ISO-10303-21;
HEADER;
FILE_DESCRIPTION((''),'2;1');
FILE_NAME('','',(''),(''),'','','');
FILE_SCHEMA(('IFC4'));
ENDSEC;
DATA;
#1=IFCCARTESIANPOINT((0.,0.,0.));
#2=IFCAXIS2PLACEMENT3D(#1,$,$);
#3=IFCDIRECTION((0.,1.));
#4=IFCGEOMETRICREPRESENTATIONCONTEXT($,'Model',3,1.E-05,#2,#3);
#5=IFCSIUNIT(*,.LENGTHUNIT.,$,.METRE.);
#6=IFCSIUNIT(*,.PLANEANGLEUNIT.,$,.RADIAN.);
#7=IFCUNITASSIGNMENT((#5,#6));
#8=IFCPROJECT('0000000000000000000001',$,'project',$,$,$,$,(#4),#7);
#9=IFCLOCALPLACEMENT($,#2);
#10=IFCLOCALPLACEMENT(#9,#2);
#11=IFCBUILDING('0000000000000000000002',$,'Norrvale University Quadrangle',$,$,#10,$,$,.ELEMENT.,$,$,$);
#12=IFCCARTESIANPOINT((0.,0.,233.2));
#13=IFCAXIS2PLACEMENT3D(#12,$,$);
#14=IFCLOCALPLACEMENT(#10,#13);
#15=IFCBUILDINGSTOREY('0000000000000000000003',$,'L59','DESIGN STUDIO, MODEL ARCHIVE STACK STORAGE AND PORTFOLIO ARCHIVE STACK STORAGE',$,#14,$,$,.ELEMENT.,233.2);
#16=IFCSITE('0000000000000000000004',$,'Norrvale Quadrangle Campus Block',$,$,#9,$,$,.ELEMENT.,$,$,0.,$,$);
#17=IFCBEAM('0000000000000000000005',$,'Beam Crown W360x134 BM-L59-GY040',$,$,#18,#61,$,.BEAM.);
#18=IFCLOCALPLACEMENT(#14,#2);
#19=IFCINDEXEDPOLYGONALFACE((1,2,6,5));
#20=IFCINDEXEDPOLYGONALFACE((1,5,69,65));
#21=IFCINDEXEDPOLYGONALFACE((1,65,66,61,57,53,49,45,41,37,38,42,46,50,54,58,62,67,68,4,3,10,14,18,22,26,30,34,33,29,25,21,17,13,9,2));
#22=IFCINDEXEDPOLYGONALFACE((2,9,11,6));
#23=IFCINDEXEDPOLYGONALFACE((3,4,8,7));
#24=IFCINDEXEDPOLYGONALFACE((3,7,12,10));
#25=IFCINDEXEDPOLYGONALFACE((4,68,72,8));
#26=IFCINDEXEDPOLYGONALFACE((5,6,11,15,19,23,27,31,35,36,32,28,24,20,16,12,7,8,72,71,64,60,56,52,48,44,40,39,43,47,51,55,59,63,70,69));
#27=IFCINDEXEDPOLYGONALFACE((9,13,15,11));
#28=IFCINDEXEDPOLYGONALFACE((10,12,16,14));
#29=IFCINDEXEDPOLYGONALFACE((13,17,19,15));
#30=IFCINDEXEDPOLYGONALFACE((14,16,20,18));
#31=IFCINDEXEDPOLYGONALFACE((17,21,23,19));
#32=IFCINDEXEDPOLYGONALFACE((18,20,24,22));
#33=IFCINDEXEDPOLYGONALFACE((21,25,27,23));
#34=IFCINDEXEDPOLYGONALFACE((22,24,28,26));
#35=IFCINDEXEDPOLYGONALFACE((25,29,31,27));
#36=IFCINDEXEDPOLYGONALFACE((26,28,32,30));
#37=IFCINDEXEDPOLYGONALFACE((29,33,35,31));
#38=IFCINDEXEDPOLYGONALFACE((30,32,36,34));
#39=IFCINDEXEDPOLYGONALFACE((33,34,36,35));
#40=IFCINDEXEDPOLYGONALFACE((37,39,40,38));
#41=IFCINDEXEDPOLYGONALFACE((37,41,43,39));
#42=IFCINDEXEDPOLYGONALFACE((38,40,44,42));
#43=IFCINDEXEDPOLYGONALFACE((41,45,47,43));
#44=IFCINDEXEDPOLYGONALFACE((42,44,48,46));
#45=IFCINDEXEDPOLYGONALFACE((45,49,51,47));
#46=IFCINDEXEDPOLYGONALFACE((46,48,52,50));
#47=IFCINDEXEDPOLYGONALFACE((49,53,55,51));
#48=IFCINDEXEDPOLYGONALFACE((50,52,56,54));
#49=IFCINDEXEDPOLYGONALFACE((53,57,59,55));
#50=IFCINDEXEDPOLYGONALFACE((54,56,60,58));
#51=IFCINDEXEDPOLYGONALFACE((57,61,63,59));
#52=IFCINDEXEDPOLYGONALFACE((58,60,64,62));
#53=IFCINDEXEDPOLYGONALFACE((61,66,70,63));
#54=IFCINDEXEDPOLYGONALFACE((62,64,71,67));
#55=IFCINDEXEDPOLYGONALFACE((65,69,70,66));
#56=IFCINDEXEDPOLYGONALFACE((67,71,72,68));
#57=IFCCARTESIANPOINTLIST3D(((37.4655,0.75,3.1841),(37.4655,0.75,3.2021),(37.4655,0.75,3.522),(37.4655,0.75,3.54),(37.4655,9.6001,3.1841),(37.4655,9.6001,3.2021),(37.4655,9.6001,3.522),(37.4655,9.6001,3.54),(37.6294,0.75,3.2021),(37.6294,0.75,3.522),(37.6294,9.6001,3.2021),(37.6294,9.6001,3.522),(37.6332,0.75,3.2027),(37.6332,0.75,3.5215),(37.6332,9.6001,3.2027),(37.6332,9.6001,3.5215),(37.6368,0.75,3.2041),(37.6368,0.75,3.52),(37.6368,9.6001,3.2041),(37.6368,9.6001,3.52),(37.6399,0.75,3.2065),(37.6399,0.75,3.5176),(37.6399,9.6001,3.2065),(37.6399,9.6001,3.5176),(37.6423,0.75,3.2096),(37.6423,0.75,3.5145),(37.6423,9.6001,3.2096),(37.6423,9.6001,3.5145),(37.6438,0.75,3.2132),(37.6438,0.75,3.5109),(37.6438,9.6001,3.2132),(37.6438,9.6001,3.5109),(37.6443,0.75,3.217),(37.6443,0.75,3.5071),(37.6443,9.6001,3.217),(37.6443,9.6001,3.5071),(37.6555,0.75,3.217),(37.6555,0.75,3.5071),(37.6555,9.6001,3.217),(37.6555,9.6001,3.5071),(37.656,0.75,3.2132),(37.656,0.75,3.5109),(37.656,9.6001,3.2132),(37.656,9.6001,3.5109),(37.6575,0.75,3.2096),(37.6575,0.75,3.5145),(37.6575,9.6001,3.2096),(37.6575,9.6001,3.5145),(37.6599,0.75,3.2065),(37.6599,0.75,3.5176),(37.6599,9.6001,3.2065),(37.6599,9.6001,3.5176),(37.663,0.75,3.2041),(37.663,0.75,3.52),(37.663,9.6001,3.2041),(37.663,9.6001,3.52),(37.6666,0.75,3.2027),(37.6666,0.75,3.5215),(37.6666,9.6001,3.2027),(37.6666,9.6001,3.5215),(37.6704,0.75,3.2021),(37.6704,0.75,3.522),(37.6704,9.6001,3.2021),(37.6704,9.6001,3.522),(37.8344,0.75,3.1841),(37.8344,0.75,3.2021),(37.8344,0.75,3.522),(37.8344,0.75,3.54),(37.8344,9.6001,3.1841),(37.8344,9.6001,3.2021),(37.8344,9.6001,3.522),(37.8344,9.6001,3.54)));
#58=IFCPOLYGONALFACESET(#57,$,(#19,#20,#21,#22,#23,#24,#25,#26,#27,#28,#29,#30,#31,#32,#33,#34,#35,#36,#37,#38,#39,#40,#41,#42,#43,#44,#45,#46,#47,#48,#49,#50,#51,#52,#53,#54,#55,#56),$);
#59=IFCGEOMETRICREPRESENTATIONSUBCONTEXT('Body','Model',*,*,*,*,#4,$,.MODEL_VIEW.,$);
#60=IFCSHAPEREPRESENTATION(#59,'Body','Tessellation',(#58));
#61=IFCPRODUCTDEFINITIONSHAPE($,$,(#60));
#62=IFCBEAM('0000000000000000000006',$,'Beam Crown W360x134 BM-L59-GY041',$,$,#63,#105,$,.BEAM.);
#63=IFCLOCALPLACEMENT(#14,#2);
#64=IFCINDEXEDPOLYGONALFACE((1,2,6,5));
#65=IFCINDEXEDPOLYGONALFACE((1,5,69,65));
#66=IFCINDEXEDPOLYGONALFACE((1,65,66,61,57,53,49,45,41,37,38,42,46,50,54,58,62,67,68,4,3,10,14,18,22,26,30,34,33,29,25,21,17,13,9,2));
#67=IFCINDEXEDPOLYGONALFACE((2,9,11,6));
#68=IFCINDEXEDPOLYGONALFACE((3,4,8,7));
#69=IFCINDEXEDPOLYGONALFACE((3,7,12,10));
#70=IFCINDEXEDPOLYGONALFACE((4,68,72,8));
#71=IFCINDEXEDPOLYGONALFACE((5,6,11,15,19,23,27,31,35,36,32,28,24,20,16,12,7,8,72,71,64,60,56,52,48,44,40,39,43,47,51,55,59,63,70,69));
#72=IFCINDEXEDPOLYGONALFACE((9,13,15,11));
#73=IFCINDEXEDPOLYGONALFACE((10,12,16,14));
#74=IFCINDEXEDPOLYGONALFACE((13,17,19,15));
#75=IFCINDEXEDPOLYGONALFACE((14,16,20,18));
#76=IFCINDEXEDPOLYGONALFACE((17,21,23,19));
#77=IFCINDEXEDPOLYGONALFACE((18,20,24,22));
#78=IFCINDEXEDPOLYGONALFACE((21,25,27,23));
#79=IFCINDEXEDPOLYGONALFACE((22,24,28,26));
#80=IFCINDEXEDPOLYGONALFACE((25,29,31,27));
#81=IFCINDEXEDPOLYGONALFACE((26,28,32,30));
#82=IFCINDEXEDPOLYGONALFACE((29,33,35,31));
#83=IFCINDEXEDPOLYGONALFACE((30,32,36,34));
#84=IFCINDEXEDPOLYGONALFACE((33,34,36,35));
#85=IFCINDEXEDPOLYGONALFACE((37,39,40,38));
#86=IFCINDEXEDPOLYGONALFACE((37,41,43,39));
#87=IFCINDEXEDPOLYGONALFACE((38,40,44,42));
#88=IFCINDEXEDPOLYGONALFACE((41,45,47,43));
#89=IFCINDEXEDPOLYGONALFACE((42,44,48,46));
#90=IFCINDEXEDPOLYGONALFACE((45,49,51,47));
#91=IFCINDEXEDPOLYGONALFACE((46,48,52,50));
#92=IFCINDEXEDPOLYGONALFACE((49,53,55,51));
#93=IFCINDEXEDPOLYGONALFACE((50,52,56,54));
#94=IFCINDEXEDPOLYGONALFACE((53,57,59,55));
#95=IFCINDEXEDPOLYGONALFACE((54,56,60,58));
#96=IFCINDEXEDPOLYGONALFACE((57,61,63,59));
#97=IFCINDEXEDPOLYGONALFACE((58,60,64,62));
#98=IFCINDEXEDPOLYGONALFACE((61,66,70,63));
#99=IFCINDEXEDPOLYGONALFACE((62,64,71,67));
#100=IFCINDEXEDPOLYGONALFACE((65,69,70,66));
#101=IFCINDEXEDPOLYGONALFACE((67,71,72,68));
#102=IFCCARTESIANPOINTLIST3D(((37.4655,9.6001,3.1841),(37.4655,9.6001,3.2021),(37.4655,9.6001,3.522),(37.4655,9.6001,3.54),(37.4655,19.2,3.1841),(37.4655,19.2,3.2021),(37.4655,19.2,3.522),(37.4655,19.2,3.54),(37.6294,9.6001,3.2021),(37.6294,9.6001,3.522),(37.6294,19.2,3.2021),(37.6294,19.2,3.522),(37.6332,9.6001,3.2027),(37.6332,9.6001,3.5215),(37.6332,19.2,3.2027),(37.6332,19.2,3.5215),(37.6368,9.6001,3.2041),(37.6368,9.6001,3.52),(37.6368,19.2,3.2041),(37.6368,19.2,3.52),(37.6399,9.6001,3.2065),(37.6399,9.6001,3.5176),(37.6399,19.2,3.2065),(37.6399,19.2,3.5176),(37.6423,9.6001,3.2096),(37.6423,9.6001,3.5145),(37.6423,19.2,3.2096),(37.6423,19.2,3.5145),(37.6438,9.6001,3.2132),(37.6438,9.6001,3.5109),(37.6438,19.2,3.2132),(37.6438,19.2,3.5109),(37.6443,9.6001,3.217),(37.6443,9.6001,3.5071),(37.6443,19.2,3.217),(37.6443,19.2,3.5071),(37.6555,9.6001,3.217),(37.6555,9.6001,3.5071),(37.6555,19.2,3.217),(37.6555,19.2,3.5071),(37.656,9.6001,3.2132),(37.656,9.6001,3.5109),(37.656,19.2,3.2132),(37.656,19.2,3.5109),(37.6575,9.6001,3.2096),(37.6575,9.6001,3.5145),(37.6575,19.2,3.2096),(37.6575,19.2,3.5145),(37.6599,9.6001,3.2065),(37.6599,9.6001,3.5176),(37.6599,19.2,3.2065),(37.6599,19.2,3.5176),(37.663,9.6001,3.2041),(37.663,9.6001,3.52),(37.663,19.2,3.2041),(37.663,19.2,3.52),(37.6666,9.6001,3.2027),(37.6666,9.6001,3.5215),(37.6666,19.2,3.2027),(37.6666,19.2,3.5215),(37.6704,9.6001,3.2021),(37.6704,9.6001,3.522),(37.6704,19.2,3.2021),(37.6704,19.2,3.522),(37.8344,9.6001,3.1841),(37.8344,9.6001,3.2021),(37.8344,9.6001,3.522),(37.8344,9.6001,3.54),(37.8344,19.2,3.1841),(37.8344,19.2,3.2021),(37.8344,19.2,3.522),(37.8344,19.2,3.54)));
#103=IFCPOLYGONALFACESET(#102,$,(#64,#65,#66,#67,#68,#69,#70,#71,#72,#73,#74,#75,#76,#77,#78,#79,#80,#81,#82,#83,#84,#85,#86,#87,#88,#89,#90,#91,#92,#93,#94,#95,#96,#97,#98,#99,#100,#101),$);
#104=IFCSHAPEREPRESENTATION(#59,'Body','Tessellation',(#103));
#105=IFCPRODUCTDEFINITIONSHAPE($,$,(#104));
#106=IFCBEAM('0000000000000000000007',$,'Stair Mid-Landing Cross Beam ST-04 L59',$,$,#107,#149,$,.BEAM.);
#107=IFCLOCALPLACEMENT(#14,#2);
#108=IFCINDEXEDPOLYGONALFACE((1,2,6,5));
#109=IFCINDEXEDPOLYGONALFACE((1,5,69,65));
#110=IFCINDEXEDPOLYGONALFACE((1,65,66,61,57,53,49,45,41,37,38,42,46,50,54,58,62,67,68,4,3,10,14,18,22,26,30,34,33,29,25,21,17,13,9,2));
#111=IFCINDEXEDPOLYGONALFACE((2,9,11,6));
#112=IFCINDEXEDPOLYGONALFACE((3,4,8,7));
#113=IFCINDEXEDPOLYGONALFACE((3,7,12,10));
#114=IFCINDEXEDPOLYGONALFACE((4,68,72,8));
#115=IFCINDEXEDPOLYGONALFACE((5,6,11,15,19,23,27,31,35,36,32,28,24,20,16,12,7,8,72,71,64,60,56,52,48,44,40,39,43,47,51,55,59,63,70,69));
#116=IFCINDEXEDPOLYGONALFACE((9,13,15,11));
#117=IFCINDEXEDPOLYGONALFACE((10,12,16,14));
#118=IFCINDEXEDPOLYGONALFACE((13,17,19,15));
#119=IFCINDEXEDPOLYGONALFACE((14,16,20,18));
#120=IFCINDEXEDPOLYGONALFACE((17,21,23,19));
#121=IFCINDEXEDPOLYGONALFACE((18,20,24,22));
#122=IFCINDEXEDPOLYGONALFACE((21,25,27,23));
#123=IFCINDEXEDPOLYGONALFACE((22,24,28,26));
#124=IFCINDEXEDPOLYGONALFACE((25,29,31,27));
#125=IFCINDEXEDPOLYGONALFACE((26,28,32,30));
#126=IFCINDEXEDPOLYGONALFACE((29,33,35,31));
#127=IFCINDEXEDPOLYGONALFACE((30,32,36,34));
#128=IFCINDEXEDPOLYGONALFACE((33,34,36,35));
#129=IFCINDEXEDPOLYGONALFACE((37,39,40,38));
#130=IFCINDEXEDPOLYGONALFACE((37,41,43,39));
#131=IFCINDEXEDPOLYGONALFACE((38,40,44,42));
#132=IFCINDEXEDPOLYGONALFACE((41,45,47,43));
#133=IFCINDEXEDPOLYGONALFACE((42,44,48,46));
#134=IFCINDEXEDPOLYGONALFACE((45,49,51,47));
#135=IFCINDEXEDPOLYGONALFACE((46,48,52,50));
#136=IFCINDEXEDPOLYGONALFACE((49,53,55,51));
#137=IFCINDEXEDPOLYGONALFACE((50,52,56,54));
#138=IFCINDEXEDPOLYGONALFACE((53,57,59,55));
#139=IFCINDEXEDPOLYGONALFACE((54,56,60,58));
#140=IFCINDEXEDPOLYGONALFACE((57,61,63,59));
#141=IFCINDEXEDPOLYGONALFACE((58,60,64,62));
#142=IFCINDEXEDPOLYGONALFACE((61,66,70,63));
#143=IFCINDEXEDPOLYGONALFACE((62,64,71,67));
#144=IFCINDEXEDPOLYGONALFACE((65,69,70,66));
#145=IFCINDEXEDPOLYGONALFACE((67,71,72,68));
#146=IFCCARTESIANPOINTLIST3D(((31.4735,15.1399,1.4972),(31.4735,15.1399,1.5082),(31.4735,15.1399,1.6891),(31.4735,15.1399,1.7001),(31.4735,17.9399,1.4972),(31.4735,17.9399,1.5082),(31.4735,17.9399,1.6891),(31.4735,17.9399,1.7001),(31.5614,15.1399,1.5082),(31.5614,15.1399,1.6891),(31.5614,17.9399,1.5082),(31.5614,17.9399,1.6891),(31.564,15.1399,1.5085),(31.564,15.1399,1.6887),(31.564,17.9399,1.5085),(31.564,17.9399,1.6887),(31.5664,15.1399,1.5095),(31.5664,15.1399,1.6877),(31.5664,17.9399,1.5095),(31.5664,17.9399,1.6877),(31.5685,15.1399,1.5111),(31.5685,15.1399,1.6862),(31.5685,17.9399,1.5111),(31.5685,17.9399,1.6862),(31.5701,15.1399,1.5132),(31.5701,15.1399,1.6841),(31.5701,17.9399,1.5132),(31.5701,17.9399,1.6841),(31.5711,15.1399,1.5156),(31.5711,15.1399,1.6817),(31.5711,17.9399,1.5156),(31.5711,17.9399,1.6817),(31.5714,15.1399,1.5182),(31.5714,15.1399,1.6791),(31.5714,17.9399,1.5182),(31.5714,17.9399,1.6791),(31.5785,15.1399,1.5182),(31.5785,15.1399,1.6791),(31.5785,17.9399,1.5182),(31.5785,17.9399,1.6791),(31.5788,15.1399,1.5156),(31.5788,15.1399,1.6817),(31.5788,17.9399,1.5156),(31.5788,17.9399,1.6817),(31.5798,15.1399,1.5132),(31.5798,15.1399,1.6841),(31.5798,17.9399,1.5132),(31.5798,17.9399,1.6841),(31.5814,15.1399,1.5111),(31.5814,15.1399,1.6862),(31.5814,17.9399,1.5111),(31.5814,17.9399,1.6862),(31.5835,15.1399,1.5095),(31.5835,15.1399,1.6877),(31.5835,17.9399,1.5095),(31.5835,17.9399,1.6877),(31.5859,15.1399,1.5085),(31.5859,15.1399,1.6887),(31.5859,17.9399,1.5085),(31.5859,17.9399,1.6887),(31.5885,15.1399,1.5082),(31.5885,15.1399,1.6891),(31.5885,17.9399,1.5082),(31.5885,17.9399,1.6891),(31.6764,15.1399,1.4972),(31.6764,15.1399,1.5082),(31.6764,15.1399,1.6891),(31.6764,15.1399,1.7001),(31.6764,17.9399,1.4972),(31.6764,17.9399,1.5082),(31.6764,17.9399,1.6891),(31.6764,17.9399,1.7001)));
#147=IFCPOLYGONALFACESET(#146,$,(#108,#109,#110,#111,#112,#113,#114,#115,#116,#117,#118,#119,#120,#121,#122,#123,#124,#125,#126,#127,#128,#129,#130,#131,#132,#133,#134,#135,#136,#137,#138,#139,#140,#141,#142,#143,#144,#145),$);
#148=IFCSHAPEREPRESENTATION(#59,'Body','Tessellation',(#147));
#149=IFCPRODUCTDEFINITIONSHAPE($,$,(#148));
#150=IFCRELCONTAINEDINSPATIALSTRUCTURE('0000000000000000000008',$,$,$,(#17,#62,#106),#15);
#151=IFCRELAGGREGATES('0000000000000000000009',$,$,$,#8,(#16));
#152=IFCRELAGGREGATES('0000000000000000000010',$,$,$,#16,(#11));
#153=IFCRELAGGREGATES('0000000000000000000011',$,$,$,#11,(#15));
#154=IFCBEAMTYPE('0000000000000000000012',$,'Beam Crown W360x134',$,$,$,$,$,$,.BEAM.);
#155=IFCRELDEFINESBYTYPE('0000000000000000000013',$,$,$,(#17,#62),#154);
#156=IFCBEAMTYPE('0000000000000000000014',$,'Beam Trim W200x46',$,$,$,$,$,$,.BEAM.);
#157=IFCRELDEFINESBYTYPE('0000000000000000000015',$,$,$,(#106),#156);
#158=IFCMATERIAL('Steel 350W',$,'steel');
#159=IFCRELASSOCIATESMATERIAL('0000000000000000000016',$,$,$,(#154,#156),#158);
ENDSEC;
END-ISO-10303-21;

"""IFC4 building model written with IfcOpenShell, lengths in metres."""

from ifc_helpers import new_model, si_unit, direction, frame, origin, origin_2d, place, context, subcontext, project, spatial, i_section, extrude, material, material_profile, profile_set, type_object, element, save


model = new_model("IFC4")

# Units and contexts
model_context = context("Model", 3, precision=1e-05, world=origin(), true_north=direction((0.0, 1.0)))
body_context = subcontext(model_context, "Body", "Model", "MODEL_VIEW")
ifc_project = project(units=[si_unit("LENGTHUNIT", "METRE"), si_unit("PLANEANGLEUNIT", "RADIAN")], contexts=[model_context])

# Site, building, storey
site_placement = place(None, origin())
site = spatial("IfcSite", under=ifc_project, at=site_placement, Name="Norrvale Quadrangle Campus Block", CompositionType="ELEMENT", RefElevation=0.0)
building_placement = place(site_placement, origin())
building = spatial("IfcBuilding", under=site, at=building_placement, Name="Norrvale University Quadrangle", CompositionType="ELEMENT")
storey_placement = place(building_placement, frame((0.0, 0.0, 233.2)))
storey = spatial("IfcBuildingStorey", under=building, at=storey_placement, Name="L59", Description="DESIGN STUDIO, MODEL ARCHIVE STACK STORAGE AND PORTFOLIO ARCHIVE STACK STORAGE", CompositionType="ELEMENT", Elevation=233.2)

# Beams
ifc_material_1 = material(Name="Steel 350W", Category="steel")
ifc_material_profile_1 = material_profile(ifc_material_1, i_section(OverallWidth=0.3689, OverallDepth=0.356, WebThickness=0.0112, FlangeThickness=0.0181, FilletRadius=0.0149, at=origin_2d()), Name="Steel 350W")
ifc_profile_set_1 = profile_set([ifc_material_profile_1], Name="Steel 350W")
beam_type_1 = type_object("IfcBeamType", Name="Beam Crown W360x134", PredefinedType="BEAM", material=ifc_profile_set_1)
beam_1_placement = place(storey_placement, frame((37.6499, 0.75, 3.3621), z_axis=(0.0, 1.0, 0.0), x_axis=(-1.0, 0.0, 0.0)))
element("IfcBeam", 1, at=beam_1_placement, inside=storey, type_object=beam_type_1, Name="Beam Crown W360x134 BM-L59-GY040", PredefinedType="BEAM", context=body_context, shape_type="SweptSolid", body=[
    extrude(i_section(OverallWidth=0.3689, OverallDepth=0.356, WebThickness=0.0112, FlangeThickness=0.0181, FilletRadius=0.0149, at=origin_2d()), origin(), (0.0, 0.0, 1.0), 8.8501),
])
beam_2_placement = place(storey_placement, frame((37.6499, 9.6001, 3.3621), z_axis=(0.0, 1.0, 0.0), x_axis=(-1.0, 0.0, 0.0)))
element("IfcBeam", 2, at=beam_2_placement, inside=storey, type_object=beam_type_1, Name="Beam Crown W360x134 BM-L59-GY041", PredefinedType="BEAM", context=body_context, shape_type="SweptSolid", body=[
    extrude(i_section(OverallWidth=0.3689, OverallDepth=0.356, WebThickness=0.0112, FlangeThickness=0.0181, FilletRadius=0.0149, at=origin_2d()), origin(), (0.0, 0.0, 1.0), 9.5999),
])
ifc_material_profile_2 = material_profile(ifc_material_1, i_section(OverallWidth=0.2029, OverallDepth=0.2029, WebThickness=0.0071, FlangeThickness=0.011, FilletRadius=0.01, at=origin_2d()), Name="Steel 350W")
ifc_profile_set_2 = profile_set([ifc_material_profile_2], Name="Steel 350W")
beam_type_2 = type_object("IfcBeamType", Name="Beam Trim W200x46", PredefinedType="BEAM", material=ifc_profile_set_2)
beam_3_placement = place(storey_placement, frame((31.575, 15.1399, 1.5986), z_axis=(0.0, 1.0, 0.0), x_axis=(-1.0, 0.0, 0.0)))
element("IfcBeam", 3, at=beam_3_placement, inside=storey, type_object=beam_type_2, Name="Stair Mid-Landing Cross Beam ST-04 L59", PredefinedType="BEAM", context=body_context, shape_type="SweptSolid", body=[
    extrude(i_section(OverallWidth=0.2029, OverallDepth=0.2029, WebThickness=0.0071, FlangeThickness=0.011, FilletRadius=0.01, at=origin_2d()), origin(), (0.0, 0.0, 1.0), 2.8),
])

save(model, "model.ifc")
